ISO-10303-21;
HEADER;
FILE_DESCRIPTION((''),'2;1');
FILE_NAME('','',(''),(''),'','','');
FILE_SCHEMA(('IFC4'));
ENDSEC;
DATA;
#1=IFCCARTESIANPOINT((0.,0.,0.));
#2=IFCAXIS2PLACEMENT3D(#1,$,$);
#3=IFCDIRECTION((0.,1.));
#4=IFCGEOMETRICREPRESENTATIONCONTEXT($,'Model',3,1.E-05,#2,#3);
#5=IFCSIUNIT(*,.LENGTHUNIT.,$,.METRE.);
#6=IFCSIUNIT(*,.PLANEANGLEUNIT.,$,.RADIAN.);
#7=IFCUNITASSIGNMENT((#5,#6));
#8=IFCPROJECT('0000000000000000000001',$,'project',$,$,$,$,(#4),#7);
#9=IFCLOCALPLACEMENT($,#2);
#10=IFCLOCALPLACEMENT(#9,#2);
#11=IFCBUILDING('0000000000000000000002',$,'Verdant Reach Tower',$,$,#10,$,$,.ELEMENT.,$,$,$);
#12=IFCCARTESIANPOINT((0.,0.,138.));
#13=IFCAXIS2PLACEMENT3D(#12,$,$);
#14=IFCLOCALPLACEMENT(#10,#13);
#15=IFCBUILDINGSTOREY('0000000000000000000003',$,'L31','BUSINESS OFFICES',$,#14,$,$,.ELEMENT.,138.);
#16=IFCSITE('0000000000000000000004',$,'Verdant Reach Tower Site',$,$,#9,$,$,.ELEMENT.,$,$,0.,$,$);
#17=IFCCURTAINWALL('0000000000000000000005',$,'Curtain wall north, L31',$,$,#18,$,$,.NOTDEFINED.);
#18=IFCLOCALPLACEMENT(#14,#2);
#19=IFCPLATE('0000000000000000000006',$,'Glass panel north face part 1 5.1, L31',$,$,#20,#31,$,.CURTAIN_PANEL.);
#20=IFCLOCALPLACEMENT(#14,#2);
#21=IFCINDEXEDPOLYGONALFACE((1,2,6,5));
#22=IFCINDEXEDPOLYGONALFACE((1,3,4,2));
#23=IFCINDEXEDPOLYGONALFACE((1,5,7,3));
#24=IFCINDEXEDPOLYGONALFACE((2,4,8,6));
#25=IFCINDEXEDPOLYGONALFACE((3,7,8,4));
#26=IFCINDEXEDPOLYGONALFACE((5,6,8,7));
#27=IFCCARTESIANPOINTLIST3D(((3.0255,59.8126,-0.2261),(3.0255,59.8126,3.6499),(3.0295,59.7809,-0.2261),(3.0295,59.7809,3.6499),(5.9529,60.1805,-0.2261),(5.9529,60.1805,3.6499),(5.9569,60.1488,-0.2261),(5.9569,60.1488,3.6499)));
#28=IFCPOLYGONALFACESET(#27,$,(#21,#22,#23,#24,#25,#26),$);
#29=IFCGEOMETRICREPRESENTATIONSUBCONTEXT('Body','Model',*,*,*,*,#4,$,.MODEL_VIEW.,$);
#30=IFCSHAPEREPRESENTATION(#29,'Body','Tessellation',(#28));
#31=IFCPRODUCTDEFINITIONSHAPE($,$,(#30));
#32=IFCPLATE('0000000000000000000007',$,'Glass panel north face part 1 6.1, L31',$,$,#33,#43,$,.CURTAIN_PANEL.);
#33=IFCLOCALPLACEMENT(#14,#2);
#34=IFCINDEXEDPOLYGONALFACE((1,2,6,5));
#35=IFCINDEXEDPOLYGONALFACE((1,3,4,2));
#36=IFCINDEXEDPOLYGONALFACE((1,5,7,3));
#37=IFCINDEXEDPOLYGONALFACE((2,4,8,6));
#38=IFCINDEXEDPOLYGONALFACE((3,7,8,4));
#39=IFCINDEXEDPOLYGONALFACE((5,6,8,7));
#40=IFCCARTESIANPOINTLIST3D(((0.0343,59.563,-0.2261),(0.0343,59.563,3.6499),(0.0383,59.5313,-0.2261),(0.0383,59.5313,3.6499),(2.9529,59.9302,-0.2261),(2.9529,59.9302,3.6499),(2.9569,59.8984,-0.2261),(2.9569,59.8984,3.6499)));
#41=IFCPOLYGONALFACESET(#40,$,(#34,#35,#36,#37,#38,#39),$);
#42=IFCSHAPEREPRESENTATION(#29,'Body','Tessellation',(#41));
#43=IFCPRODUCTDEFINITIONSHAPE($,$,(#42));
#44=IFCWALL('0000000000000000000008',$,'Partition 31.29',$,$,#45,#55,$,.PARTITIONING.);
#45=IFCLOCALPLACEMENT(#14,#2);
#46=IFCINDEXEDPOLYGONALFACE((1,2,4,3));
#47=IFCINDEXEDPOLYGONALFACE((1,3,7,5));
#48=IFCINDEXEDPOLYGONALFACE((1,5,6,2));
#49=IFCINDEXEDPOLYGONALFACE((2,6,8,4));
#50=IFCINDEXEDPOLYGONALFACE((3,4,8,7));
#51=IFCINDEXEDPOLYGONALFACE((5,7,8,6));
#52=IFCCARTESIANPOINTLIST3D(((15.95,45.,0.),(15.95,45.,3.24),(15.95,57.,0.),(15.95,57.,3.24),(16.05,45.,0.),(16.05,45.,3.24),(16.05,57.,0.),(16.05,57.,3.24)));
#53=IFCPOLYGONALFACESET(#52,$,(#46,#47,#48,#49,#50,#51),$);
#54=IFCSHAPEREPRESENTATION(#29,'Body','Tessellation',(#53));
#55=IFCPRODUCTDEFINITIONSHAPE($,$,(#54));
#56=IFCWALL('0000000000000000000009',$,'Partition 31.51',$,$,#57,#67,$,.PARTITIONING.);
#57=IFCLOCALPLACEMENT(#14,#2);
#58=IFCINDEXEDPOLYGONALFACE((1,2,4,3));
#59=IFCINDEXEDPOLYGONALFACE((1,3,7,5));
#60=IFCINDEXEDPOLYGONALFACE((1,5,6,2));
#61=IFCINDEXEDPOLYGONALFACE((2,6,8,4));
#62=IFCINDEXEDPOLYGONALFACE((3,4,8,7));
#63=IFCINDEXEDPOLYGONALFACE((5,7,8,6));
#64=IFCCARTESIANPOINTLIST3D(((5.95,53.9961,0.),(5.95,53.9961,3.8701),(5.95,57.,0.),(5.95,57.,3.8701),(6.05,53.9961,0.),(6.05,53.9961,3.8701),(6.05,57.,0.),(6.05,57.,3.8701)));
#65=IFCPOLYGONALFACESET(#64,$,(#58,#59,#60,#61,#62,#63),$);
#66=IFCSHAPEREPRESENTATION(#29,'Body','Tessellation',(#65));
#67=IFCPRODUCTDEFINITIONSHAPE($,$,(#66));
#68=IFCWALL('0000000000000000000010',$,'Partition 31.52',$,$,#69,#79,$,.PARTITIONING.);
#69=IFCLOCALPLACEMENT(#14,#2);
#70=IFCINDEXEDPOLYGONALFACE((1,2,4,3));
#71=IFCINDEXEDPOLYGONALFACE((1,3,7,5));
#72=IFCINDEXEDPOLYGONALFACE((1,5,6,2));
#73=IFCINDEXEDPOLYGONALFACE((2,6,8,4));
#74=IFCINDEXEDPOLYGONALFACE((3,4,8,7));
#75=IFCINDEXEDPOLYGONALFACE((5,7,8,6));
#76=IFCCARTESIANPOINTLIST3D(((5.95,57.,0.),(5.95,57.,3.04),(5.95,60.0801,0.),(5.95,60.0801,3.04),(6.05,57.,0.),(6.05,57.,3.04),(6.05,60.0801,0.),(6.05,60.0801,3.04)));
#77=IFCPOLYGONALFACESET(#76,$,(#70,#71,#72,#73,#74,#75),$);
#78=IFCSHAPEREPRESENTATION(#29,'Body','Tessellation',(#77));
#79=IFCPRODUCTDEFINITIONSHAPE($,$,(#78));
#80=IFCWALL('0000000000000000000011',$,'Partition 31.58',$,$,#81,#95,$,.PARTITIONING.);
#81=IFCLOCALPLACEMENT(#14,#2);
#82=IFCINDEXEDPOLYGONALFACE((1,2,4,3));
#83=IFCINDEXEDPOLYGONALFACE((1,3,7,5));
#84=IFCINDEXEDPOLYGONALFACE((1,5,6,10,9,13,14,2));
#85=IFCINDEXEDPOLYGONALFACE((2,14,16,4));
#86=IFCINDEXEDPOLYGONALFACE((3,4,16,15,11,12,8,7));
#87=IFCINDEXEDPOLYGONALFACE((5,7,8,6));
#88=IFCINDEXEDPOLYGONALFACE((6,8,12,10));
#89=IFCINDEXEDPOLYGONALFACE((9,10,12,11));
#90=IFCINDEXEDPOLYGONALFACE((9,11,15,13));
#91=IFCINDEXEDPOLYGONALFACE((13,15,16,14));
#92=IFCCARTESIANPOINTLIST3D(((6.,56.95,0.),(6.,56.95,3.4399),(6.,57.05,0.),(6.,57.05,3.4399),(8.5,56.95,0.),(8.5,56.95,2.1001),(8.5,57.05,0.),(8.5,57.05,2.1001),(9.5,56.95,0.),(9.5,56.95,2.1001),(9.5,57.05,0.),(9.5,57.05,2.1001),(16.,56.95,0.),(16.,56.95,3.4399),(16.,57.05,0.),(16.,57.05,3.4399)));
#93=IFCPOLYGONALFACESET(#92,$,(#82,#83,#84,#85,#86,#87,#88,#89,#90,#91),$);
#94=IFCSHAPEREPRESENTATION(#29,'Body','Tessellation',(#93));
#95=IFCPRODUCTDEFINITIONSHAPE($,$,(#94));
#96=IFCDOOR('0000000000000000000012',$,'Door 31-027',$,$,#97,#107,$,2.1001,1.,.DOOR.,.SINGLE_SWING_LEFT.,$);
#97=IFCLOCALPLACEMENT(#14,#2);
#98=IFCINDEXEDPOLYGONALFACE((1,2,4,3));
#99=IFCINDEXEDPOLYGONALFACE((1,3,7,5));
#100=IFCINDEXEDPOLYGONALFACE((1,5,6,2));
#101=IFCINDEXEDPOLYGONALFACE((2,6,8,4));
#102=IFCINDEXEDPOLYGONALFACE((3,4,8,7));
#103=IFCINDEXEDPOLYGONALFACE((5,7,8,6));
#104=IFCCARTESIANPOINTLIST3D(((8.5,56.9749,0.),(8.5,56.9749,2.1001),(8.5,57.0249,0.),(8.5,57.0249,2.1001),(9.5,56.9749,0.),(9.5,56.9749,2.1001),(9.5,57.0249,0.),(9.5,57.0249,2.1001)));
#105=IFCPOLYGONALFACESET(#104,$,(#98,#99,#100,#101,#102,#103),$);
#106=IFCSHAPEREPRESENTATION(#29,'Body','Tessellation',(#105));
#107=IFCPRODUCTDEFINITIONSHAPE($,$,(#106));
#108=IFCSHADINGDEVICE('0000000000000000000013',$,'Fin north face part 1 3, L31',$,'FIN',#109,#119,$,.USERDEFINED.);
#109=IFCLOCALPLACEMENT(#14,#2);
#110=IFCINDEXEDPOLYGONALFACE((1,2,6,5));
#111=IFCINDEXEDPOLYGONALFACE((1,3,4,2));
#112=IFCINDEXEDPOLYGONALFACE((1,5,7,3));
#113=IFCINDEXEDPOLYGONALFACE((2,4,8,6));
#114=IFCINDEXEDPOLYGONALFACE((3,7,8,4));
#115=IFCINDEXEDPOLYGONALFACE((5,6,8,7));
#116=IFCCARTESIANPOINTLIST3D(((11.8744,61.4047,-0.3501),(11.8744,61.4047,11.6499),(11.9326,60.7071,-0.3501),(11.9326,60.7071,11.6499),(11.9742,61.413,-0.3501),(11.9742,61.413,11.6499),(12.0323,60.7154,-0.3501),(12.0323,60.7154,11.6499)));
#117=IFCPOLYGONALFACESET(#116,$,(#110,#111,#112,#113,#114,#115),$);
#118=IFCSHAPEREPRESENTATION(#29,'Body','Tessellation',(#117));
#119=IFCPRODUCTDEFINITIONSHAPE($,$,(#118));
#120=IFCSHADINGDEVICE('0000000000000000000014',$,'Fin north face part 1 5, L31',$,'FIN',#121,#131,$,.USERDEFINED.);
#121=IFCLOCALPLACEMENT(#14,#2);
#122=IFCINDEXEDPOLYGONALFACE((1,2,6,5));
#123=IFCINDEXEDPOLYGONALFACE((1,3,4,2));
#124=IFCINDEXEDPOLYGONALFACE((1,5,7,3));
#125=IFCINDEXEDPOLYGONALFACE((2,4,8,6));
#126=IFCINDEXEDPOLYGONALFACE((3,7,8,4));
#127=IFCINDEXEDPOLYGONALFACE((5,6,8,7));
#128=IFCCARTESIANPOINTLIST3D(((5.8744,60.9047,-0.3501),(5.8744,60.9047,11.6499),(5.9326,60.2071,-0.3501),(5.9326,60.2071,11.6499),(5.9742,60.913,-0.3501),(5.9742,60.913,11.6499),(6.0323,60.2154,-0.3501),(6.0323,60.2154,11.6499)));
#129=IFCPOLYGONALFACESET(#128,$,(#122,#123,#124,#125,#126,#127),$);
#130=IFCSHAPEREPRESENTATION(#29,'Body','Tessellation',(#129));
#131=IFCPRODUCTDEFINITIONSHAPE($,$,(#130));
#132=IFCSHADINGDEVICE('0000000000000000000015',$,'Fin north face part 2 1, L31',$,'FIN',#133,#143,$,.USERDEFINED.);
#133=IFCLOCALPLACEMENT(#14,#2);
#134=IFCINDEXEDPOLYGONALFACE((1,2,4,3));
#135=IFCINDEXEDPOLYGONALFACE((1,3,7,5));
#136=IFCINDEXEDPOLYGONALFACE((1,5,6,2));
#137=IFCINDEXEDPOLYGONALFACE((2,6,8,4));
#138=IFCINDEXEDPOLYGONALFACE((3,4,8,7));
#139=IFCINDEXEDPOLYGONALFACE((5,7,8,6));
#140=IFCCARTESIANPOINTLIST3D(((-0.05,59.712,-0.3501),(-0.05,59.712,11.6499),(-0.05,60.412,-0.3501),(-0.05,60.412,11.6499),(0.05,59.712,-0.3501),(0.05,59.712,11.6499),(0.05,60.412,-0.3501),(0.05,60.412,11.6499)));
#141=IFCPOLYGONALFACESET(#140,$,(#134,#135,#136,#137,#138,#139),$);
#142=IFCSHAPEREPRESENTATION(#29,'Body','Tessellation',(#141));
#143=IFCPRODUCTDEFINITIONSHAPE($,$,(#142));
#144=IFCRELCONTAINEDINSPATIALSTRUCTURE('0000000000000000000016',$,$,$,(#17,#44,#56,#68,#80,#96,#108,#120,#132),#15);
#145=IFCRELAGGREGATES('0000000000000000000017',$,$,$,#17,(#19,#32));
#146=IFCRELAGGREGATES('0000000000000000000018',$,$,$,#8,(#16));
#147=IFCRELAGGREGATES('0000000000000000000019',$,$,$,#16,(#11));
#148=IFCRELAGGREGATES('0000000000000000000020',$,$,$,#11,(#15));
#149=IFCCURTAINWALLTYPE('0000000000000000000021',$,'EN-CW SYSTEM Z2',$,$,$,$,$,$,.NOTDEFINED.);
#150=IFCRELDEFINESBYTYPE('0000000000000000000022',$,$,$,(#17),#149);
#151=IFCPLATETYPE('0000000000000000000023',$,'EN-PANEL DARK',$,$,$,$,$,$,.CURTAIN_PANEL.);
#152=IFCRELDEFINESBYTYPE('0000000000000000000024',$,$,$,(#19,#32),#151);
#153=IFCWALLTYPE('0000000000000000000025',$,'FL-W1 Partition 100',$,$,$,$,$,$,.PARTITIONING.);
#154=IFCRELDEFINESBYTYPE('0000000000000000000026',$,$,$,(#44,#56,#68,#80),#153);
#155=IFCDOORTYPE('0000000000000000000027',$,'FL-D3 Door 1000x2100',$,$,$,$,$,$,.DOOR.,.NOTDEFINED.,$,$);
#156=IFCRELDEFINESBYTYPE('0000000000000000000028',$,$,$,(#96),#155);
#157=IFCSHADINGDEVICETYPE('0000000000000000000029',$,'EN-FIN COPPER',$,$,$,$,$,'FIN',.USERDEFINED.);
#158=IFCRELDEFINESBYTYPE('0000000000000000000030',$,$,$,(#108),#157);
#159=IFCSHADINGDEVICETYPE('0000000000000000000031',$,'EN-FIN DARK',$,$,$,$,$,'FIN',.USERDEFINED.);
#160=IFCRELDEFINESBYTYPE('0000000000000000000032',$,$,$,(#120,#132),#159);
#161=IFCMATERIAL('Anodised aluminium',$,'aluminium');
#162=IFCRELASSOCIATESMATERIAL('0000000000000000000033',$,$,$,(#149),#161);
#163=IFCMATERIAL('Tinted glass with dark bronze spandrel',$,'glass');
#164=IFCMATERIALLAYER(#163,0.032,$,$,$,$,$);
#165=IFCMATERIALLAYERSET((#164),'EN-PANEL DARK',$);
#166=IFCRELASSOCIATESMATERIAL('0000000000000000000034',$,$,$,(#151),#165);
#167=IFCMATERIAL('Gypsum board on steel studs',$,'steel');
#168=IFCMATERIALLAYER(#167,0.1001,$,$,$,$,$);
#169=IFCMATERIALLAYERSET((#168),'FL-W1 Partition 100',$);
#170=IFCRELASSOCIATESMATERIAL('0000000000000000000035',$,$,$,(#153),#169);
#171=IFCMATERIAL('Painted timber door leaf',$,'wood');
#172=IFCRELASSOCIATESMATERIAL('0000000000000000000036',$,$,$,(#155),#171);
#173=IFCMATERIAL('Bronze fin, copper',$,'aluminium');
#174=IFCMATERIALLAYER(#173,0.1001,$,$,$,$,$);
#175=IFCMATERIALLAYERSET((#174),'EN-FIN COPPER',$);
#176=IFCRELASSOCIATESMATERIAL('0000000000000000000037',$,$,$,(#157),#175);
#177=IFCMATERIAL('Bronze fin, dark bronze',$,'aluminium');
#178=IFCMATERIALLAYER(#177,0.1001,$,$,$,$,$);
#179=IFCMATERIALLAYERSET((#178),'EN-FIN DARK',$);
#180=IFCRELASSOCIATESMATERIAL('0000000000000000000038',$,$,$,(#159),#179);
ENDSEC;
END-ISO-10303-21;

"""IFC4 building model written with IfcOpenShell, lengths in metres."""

from ifc_helpers import new_model, si_unit, direction, frame, frame_2d, origin, origin_2d, place, context, subcontext, project, spatial, rectangle, extrude, material, layer, layer_set, type_object, element, fill, aggregate, save


model = new_model("IFC4")

# Units and contexts
model_context = context("Model", 3, precision=1e-05, world=origin(), true_north=direction((0.0, 1.0)))
body_context = subcontext(model_context, "Body", "Model", "MODEL_VIEW")
ifc_project = project(units=[si_unit("LENGTHUNIT", "METRE"), si_unit("PLANEANGLEUNIT", "RADIAN")], contexts=[model_context])

# Site, building, storey
site_placement = place(None, origin())
site = spatial("IfcSite", under=ifc_project, at=site_placement, Name="Verdant Reach Tower Site", CompositionType="ELEMENT", RefElevation=0.0)
building_placement = place(site_placement, origin())
building = spatial("IfcBuilding", under=site, at=building_placement, Name="Verdant Reach Tower", CompositionType="ELEMENT")
storey_placement = place(building_placement, frame((0.0, 0.0, 138.0)))
storey = spatial("IfcBuildingStorey", under=building, at=storey_placement, Name="L31", Description="BUSINESS OFFICES", CompositionType="ELEMENT", Elevation=138.0)

# Curtain wall
ifc_material_1 = material(Name="Anodised aluminium", Category="aluminium")
curtain_wall_type = type_object("IfcCurtainWallType", Name="EN-CW SYSTEM Z2", PredefinedType="NOTDEFINED", material=ifc_material_1)
curtain_wall_placement = place(storey_placement, origin())
curtain_wall = element("IfcCurtainWall", 1, at=curtain_wall_placement, inside=storey, type_object=curtain_wall_type, Name="Curtain wall north, L31", PredefinedType="NOTDEFINED")

# Plates
ifc_material_2 = material(Name="Tinted glass with dark bronze spandrel", Category="glass")
ifc_layer_1 = layer(ifc_material_2, 0.032)
ifc_layer_set_1 = layer_set([ifc_layer_1], Name="EN-PANEL DARK")
plate_type_1 = type_object("IfcPlateType", Name="EN-PANEL DARK", PredefinedType="CURTAIN_PANEL", material=ifc_layer_set_1)
plate_1_placement = place(storey_placement, frame((4.4912, 59.9807, -0.2261), z_axis=(0.0, 0.0, 1.0), x_axis=(-0.992194, -0.124704, 0.0)))
plate_1 = element("IfcPlate", 2, at=plate_1_placement, type_object=plate_type_1, Name="Glass panel north face part 1 5.1, L31", PredefinedType="CURTAIN_PANEL", context=body_context, shape_type="SweptSolid", body=[
    extrude(rectangle(XDim=2.9504, YDim=0.032, at=origin_2d()), origin(), (0.0, 0.0, 1.0), 3.876),
])
plate_2_placement = place(storey_placement, frame((1.4956, 59.7307, -0.2261), z_axis=(0.0, 0.0, 1.0), x_axis=(-0.992179, -0.124825, 0.0)))
plate_2 = element("IfcPlate", 3, at=plate_2_placement, type_object=plate_type_1, Name="Glass panel north face part 1 6.1, L31", PredefinedType="CURTAIN_PANEL", context=body_context, shape_type="SweptSolid", body=[
    extrude(rectangle(XDim=2.9417, YDim=0.032, at=origin_2d()), origin(), (0.0, 0.0, 1.0), 3.876),
])
aggregate(curtain_wall, [plate_1, plate_2])

# Walls
ifc_material_3 = material(Name="Gypsum board on steel studs", Category="steel")
ifc_layer_2 = layer(ifc_material_3, 0.1001)
ifc_layer_set_2 = layer_set([ifc_layer_2], Name="FL-W1 Partition 100")
wall_type = type_object("IfcWallType", Name="FL-W1 Partition 100", PredefinedType="PARTITIONING", material=ifc_layer_set_2)
wall_1_placement = place(storey_placement, frame((16.0, 57.0, 0.0), z_axis=(0.0, 0.0, 1.0), x_axis=(0.0, -1.0, 0.0)))
element("IfcWall", 4, at=wall_1_placement, inside=storey, type_object=wall_type, Name="Partition 31.29", PredefinedType="PARTITIONING", context=body_context, shape_type="SweptSolid", body=[
    extrude(rectangle(XDim=12.0, YDim=0.1001, at=frame_2d((6.0, 0.0))), origin(), (0.0, 0.0, 1.0), 3.24),
])
wall_2_placement = place(storey_placement, frame((6.0, 53.9961, 0.0), z_axis=(0.0, 0.0, 1.0), x_axis=(0.0, 1.0, 0.0)))
element("IfcWall", 5, at=wall_2_placement, inside=storey, type_object=wall_type, Name="Partition 31.51", PredefinedType="PARTITIONING", context=body_context, shape_type="SweptSolid", body=[
    extrude(rectangle(XDim=3.0039, YDim=0.1001, at=frame_2d((1.502, 0.0))), origin(), (0.0, 0.0, 1.0), 3.8701),
])
wall_3_placement = place(storey_placement, frame((6.0, 57.0, 0.0), z_axis=(0.0, 0.0, 1.0), x_axis=(0.0, 1.0, 0.0)))
element("IfcWall", 6, at=wall_3_placement, inside=storey, type_object=wall_type, Name="Partition 31.52", PredefinedType="PARTITIONING", context=body_context, shape_type="SweptSolid", body=[
    extrude(rectangle(XDim=3.0801, YDim=0.1001, at=frame_2d((1.54, 0.0))), origin(), (0.0, 0.0, 1.0), 3.04),
])

# Wall, opening, door
wall_4_placement = place(storey_placement, frame((6.0, 57.0, 0.0), z_axis=(0.0, 0.0, 1.0), x_axis=(1.0, 0.0, 0.0)))
wall_4 = element("IfcWall", 7, at=wall_4_placement, inside=storey, type_object=wall_type, Name="Partition 31.58", PredefinedType="PARTITIONING", context=body_context, shape_type="SweptSolid", body=[
    extrude(rectangle(XDim=10.0, YDim=0.1001, at=frame_2d((5.0, 0.0))), origin(), (0.0, 0.0, 1.0), 3.4399),
])
opening_placement = place(wall_4_placement, frame((2.5, 0.0, 0.0)))
opening = element("IfcOpeningElement", 8, at=opening_placement, cuts=wall_4, PredefinedType="OPENING", context=body_context, shape_type="SweptSolid", body=[
    extrude(rectangle(XDim=1.0, YDim=2.1001, at=frame_2d((0.5, 1.05))), frame((0.0, 0.0601, 0.0), z_axis=(0.0, -1.0, 0.0), x_axis=(1.0, 0.0, 0.0)), (0.0, 0.0, 1.0), 0.1201),
])
ifc_material_4 = material(Name="Painted timber door leaf", Category="wood")
door_type = type_object("IfcDoorType", Name="FL-D3 Door 1000x2100", OperationType="NOTDEFINED", PredefinedType="DOOR", material=ifc_material_4)
door_placement = place(opening_placement, origin())
door = element("IfcDoor", 9, at=door_placement, inside=storey, type_object=door_type, Name="Door 31-027", OperationType="SINGLE_SWING_LEFT", OverallHeight=2.1001, OverallWidth=1.0, PredefinedType="DOOR", context=body_context, shape_type="SweptSolid", body=[
    extrude(rectangle(XDim=1.0, YDim=2.1001, at=frame_2d((0.5, 1.05))), frame((0.0, 0.0249, 0.0), z_axis=(0.0, -1.0, 0.0), x_axis=(1.0, 0.0, 0.0)), (0.0, 0.0, 1.0), 0.05),
])
fill(opening, door)

# Shading devices
ifc_material_5 = material(Name="Bronze fin, copper", Category="aluminium")
ifc_layer_3 = layer(ifc_material_5, 0.1001)
ifc_layer_set_3 = layer_set([ifc_layer_3], Name="EN-FIN COPPER")
shading_device_type_1 = type_object("IfcShadingDeviceType", Name="EN-FIN COPPER", ElementType="FIN", PredefinedType="USERDEFINED", material=ifc_layer_set_3)
shading_device_placement = place(storey_placement, frame((11.9534, 61.0601, -0.3501), z_axis=(0.0, 0.0, 1.0), x_axis=(-0.996546, -0.083045, 0.0)))
element("IfcShadingDevice", 10, at=shading_device_placement, inside=storey, type_object=shading_device_type_1, Name="Fin north face part 1 3, L31", ObjectType="FIN", PredefinedType="USERDEFINED", context=body_context, shape_type="SweptSolid", body=[
    extrude(rectangle(XDim=0.1001, YDim=0.7, at=origin_2d()), origin(), (0.0, 0.0, 1.0), 12.0),
])
ifc_material_6 = material(Name="Bronze fin, dark bronze", Category="aluminium")
ifc_layer_4 = layer(ifc_material_6, 0.1001)
ifc_layer_set_4 = layer_set([ifc_layer_4], Name="EN-FIN DARK")
shading_device_type_2 = type_object("IfcShadingDeviceType", Name="EN-FIN DARK", ElementType="FIN", PredefinedType="USERDEFINED", material=ifc_layer_set_4)
for number, where, z_axis, x_axis, name in (
    (11, (5.9534, 60.5601, -0.3501), (0.0, 0.0, 1.0), (-0.996546, -0.083045, 0.0), "Fin north face part 1 5, L31"),
    (12, (0.0, 60.062, -0.3501), (0.0, 0.0, 1.0), (-1.0, 0.0, 0.0), "Fin north face part 2 1, L31"),
):
    element("IfcShadingDevice", number, at=place(storey_placement, frame(where, z_axis=z_axis, x_axis=x_axis)), inside=storey, type_object=shading_device_type_2, Name=name, ObjectType="FIN", PredefinedType="USERDEFINED", context=body_context, shape_type="SweptSolid", body=[
        extrude(rectangle(XDim=0.1001, YDim=0.7, at=origin_2d()), origin(), (0.0, 0.0, 1.0), 12.0),
    ])

save(model, "model.ifc")
